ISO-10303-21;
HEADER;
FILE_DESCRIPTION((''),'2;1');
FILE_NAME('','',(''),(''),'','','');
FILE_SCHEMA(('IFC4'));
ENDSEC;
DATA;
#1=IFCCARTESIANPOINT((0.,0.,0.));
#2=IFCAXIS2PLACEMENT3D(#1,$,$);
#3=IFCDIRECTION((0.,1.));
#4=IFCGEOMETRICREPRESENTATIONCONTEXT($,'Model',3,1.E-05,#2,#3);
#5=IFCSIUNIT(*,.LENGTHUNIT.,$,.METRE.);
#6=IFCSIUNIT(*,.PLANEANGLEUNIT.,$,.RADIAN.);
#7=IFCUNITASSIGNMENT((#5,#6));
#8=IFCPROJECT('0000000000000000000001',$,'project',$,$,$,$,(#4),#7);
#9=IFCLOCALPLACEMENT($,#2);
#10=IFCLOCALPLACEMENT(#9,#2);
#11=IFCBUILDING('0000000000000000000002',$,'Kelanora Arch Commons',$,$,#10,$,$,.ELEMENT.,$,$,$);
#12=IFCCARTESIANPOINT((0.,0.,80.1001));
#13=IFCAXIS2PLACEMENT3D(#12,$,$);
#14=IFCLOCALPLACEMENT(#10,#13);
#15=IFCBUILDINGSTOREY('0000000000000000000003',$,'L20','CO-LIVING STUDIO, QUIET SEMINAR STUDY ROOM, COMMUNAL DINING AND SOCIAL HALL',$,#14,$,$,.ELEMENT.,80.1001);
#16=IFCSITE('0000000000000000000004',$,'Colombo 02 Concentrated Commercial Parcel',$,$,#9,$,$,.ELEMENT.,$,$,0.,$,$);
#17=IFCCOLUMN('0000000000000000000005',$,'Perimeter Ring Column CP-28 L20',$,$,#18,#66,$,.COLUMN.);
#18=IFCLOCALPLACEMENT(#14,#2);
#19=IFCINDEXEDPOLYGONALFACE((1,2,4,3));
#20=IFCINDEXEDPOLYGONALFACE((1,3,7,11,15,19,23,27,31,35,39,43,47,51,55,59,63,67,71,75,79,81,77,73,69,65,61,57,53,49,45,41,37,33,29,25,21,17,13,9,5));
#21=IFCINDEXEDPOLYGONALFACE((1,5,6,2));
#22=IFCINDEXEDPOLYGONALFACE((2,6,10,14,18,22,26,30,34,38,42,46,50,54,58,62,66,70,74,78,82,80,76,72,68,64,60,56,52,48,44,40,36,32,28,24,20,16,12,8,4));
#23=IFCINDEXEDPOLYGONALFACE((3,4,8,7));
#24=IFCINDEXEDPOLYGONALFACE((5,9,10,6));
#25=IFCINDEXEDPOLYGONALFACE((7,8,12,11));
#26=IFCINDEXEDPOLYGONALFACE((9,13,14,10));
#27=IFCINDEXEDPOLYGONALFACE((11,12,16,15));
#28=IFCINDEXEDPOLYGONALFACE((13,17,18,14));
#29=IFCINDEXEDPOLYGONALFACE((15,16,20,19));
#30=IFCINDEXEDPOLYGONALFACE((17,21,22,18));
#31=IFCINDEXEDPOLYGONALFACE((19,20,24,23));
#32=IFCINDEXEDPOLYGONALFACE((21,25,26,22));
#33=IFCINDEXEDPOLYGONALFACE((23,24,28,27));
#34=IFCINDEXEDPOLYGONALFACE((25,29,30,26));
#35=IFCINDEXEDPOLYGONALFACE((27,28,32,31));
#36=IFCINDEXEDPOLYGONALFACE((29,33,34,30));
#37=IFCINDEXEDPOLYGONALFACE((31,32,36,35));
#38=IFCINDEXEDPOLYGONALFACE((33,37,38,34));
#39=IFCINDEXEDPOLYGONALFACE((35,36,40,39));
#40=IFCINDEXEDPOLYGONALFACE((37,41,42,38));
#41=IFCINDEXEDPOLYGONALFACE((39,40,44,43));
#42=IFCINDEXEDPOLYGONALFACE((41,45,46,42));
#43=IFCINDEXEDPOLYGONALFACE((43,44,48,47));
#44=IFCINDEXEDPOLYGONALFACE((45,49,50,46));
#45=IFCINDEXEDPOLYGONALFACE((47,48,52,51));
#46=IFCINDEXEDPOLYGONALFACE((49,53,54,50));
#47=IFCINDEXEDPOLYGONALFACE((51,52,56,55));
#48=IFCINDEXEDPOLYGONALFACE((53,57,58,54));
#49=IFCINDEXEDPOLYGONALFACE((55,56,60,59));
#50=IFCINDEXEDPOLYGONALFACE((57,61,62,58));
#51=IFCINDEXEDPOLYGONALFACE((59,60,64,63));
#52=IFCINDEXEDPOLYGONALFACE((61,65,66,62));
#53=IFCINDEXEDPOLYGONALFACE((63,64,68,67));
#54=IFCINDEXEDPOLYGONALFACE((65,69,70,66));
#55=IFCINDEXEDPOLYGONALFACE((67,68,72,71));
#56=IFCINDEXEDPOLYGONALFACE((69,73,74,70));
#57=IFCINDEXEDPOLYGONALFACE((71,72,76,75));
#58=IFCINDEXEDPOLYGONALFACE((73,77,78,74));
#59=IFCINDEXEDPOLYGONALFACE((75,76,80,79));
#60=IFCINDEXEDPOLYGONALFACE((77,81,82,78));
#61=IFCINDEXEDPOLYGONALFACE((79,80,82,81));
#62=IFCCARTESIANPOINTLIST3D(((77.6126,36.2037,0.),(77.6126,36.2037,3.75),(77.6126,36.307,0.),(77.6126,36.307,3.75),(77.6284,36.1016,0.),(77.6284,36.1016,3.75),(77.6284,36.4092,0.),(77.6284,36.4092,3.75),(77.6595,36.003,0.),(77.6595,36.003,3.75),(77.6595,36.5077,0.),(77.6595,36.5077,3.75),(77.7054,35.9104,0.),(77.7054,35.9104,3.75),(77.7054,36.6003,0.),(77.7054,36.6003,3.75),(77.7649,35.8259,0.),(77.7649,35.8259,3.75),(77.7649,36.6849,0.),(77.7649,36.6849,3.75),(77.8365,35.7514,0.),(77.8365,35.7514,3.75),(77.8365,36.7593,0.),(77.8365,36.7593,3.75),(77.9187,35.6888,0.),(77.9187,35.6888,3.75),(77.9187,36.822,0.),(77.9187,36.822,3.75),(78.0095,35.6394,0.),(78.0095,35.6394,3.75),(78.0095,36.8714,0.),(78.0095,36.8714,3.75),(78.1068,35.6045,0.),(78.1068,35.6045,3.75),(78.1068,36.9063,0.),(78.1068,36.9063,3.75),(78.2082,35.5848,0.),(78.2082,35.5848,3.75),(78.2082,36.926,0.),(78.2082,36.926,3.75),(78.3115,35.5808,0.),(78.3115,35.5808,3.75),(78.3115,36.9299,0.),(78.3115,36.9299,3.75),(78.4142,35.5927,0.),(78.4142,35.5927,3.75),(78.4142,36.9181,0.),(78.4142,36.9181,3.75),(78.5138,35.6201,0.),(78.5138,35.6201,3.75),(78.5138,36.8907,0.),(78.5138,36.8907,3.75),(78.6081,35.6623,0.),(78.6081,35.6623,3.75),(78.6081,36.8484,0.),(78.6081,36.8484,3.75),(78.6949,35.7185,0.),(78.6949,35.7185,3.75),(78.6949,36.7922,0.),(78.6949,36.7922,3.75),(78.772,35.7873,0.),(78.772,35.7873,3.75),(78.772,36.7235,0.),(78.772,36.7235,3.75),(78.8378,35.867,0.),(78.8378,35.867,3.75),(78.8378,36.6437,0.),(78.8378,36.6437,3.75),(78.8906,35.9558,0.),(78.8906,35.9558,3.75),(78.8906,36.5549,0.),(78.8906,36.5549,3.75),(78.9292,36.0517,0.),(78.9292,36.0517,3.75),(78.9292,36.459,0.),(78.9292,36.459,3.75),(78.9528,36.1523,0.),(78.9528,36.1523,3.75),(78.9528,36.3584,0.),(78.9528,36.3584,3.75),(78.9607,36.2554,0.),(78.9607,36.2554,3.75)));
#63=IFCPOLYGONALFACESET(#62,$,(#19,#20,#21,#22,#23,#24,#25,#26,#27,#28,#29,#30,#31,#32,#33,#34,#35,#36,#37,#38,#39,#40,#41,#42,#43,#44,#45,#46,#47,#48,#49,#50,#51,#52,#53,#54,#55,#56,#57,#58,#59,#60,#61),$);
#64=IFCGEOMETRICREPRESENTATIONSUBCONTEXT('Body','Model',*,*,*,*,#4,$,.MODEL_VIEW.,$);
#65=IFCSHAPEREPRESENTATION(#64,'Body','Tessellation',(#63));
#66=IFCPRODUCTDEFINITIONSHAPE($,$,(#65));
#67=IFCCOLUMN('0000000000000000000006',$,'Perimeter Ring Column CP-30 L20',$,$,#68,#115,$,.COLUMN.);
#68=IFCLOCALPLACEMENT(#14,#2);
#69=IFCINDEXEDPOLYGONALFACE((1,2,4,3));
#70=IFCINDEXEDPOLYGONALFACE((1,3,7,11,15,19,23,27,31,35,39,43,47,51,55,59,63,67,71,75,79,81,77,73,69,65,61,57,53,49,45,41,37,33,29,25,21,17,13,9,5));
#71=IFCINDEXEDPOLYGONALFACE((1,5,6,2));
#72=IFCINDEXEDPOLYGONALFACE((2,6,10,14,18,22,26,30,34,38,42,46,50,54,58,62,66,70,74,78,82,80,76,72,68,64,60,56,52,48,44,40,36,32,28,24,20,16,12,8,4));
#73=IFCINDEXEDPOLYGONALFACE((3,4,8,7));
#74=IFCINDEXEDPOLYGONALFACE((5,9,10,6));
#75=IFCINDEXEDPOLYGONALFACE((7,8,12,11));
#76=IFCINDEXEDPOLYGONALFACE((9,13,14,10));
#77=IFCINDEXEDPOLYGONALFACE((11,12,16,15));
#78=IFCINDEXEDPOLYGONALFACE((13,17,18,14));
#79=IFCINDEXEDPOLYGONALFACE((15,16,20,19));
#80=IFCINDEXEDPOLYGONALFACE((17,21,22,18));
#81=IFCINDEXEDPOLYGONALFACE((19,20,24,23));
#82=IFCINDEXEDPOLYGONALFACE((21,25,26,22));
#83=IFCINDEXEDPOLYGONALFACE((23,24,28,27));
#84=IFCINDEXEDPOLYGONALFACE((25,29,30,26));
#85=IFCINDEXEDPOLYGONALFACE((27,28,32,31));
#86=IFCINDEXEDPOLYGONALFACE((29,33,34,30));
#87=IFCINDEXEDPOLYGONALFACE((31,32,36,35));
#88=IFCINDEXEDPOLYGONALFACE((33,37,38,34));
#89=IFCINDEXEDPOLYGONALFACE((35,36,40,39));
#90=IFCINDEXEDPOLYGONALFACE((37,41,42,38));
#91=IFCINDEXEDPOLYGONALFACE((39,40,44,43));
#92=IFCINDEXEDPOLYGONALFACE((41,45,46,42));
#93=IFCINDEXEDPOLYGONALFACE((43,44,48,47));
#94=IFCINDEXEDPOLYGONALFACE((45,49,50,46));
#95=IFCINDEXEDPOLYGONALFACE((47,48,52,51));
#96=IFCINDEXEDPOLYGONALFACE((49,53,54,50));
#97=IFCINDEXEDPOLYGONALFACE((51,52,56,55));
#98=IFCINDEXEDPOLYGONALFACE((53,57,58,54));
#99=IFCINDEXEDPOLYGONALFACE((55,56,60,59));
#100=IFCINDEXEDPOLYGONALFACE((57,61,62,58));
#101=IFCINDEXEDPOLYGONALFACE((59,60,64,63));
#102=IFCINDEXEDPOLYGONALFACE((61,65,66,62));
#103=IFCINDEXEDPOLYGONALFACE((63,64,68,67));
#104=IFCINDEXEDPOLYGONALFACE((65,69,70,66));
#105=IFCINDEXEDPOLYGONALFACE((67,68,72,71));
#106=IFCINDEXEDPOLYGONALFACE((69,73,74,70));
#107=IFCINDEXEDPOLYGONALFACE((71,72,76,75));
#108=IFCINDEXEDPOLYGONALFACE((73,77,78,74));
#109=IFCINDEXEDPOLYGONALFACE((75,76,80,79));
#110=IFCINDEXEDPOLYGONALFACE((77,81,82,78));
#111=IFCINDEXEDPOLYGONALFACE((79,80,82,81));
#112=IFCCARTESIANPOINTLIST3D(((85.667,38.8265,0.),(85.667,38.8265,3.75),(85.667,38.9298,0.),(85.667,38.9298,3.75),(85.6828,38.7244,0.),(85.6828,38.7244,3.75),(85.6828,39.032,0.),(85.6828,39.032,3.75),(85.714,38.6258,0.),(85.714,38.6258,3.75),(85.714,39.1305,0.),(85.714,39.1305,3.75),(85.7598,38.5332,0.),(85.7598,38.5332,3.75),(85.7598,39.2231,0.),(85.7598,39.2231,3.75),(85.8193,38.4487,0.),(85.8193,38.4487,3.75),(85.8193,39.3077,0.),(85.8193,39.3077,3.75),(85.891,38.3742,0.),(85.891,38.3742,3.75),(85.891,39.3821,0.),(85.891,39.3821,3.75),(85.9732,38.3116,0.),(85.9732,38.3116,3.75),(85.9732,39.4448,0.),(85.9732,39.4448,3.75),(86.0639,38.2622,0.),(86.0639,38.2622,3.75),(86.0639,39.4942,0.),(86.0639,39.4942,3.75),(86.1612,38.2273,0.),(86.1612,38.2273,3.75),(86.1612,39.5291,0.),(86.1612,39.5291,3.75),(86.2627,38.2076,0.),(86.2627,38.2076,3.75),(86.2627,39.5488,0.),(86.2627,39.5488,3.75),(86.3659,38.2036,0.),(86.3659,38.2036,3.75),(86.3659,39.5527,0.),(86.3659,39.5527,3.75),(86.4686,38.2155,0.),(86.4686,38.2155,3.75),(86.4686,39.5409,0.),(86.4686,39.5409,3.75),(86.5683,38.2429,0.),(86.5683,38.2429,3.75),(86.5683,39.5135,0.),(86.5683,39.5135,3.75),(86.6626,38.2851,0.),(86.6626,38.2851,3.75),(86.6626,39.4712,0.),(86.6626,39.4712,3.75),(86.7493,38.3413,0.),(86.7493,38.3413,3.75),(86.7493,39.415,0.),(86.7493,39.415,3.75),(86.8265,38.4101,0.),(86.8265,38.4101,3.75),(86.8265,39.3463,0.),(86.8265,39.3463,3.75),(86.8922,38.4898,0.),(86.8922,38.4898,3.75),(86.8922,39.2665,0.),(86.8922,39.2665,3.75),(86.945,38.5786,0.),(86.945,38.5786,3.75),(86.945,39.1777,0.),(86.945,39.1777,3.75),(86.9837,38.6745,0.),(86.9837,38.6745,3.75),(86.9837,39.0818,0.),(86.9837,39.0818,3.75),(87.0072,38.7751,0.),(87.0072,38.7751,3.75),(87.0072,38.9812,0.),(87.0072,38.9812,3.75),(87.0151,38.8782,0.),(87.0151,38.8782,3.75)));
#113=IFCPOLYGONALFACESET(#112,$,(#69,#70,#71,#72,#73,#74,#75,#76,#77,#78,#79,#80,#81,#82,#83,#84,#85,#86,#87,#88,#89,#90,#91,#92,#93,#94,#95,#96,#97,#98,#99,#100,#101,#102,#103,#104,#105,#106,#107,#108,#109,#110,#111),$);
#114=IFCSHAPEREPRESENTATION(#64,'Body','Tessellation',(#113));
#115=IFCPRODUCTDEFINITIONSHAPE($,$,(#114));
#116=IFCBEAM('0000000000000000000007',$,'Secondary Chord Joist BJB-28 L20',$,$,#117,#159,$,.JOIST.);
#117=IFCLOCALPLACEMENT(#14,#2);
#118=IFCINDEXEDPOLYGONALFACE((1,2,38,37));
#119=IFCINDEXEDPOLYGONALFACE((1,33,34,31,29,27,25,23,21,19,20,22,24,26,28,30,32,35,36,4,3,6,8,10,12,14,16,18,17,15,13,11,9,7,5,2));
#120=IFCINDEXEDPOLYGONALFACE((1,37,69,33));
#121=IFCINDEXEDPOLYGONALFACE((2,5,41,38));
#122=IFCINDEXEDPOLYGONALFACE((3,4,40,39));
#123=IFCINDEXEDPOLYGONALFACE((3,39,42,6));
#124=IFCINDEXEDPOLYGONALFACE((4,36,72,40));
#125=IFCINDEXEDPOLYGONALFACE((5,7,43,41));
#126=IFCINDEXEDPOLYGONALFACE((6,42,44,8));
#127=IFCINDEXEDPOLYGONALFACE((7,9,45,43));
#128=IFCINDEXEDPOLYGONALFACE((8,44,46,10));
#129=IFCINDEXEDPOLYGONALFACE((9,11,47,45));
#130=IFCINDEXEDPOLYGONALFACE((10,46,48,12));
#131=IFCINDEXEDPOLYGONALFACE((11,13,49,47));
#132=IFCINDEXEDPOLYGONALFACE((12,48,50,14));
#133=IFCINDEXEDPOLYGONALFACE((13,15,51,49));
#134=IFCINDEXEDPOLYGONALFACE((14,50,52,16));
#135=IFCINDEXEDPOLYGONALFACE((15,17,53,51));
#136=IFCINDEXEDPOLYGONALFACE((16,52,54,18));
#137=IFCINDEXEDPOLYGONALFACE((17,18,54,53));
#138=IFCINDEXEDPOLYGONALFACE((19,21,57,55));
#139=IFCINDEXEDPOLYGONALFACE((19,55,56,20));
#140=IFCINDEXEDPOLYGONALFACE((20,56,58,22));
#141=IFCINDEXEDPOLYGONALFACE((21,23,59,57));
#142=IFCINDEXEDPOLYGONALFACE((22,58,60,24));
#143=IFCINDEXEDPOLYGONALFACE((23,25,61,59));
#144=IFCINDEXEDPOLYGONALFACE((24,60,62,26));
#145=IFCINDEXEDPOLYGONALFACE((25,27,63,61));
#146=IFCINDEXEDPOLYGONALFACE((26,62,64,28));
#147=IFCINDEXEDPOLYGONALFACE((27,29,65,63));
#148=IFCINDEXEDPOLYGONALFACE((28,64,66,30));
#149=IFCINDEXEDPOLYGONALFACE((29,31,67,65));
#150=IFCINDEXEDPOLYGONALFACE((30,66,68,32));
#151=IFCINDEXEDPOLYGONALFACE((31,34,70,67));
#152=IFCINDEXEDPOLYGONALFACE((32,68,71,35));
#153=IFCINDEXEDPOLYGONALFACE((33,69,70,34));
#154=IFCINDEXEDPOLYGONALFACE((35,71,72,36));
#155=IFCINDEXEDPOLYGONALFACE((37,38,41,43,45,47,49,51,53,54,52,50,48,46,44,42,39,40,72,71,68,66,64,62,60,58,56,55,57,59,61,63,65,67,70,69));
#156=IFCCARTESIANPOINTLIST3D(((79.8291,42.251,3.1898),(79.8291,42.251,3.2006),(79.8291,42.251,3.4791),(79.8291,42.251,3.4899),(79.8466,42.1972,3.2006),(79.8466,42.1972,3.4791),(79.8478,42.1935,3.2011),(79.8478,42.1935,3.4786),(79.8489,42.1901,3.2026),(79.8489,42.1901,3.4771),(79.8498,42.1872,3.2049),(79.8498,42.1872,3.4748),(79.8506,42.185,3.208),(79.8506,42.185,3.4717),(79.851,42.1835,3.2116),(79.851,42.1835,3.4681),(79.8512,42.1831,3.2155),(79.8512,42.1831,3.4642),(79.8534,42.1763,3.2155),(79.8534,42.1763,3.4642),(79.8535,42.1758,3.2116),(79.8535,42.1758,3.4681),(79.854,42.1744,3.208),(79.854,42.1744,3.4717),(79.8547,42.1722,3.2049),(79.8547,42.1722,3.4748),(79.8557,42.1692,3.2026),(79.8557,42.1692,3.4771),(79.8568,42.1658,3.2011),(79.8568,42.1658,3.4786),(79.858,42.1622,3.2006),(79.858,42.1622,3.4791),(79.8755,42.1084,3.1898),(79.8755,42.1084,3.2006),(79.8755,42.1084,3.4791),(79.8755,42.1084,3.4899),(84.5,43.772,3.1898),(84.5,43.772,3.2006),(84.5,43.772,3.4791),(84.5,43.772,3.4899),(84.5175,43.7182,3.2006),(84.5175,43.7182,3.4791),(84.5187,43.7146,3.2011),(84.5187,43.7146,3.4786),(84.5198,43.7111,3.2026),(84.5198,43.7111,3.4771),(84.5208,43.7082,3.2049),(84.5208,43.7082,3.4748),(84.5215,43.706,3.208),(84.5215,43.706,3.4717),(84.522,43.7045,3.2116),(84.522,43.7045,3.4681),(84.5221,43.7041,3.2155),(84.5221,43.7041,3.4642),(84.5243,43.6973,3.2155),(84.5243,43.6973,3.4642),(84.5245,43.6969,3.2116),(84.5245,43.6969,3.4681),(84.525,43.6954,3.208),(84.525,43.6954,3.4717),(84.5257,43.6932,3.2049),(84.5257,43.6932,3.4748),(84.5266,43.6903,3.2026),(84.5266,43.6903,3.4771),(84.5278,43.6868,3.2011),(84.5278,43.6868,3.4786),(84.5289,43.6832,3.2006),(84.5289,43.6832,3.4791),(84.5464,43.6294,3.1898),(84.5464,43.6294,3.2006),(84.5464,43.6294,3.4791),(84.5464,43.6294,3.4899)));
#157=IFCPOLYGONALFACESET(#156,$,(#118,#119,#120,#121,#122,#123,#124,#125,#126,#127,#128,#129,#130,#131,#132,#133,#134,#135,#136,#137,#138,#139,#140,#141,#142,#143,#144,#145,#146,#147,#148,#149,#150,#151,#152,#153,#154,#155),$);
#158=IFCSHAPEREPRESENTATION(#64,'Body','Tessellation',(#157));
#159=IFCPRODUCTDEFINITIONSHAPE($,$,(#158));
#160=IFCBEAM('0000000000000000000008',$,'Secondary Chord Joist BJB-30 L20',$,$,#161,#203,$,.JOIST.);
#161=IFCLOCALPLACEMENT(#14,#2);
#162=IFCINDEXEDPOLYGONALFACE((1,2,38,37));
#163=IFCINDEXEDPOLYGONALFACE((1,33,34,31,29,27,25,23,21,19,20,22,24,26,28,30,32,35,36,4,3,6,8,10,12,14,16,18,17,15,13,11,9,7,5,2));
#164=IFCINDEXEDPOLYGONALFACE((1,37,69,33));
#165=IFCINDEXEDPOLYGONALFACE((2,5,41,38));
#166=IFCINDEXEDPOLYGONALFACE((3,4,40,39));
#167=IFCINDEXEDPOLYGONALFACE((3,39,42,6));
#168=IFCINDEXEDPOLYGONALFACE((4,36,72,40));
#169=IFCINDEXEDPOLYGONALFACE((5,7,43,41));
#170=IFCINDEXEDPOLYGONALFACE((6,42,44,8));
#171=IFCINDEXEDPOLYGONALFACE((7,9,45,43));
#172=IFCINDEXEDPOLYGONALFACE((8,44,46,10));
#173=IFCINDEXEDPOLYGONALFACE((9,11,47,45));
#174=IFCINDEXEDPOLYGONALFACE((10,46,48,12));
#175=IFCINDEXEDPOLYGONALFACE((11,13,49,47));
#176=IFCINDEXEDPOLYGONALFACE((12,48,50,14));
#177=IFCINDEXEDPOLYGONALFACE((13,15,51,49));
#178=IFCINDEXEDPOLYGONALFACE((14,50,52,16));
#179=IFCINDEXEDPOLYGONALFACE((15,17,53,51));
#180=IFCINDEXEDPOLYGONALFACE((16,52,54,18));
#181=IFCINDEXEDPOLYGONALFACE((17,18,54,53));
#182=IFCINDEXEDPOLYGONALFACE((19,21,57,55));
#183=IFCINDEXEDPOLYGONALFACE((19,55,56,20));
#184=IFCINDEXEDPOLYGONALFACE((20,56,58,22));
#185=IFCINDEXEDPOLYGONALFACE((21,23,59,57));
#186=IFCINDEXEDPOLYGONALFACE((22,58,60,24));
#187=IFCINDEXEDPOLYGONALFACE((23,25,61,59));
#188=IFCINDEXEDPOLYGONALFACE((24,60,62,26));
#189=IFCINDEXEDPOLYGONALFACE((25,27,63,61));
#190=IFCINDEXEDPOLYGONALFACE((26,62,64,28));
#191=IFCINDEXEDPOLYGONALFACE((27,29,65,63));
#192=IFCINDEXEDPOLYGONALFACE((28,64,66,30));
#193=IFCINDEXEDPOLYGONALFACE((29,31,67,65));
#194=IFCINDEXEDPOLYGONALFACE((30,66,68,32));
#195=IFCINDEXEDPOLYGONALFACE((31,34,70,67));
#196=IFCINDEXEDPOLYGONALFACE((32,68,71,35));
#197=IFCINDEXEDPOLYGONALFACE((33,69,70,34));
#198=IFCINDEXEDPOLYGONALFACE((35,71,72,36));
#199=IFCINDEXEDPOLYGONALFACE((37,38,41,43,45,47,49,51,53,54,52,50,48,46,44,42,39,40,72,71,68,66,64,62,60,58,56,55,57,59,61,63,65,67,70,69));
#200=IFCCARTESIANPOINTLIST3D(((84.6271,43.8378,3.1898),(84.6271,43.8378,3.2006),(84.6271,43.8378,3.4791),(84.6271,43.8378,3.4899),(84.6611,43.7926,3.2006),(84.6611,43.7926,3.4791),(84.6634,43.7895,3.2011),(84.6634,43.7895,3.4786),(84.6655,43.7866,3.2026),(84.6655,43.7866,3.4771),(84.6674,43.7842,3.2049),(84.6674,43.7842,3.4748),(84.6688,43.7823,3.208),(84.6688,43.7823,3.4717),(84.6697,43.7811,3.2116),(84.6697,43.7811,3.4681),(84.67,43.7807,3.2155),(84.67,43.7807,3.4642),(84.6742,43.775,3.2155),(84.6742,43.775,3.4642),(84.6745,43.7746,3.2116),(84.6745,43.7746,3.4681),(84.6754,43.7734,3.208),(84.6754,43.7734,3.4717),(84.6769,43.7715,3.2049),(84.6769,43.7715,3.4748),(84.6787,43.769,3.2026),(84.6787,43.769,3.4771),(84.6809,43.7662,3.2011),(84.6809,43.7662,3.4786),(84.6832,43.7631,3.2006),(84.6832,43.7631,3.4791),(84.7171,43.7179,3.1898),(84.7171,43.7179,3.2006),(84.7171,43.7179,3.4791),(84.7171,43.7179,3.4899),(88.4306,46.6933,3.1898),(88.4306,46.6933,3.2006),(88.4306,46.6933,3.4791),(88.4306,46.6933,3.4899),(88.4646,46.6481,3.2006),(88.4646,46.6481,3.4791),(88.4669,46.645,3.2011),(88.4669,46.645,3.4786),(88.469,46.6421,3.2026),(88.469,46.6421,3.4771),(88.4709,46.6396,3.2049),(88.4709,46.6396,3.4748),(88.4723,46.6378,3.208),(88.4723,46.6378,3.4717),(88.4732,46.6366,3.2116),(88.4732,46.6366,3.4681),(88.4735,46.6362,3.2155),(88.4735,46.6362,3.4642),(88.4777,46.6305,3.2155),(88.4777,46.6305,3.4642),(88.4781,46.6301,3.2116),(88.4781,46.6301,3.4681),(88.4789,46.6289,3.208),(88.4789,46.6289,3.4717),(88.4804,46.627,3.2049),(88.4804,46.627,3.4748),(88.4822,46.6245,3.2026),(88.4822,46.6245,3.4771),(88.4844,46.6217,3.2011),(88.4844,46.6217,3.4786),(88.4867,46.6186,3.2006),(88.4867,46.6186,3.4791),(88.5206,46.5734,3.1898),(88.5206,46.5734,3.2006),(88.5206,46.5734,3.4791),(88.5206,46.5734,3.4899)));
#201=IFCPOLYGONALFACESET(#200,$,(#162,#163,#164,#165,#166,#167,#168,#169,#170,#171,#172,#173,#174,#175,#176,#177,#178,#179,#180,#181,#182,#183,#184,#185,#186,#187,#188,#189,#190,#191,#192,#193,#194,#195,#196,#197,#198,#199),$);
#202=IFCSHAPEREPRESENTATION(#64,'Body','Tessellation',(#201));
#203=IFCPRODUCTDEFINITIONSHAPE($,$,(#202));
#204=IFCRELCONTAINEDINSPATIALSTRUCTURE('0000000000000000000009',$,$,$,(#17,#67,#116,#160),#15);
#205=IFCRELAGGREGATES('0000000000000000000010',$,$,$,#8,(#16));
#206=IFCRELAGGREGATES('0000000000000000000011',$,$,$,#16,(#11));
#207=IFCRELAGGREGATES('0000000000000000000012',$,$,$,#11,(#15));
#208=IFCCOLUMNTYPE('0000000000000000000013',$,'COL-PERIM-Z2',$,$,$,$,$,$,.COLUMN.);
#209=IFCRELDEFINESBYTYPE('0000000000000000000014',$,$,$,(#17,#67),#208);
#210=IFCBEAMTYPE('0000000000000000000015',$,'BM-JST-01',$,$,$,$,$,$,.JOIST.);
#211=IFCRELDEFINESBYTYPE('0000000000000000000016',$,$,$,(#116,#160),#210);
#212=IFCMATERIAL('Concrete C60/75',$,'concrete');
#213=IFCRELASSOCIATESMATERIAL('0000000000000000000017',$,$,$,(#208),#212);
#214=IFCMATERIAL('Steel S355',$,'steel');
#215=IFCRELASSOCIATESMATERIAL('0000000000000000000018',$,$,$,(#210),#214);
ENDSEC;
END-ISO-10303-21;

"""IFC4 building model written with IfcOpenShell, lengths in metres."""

from ifc_helpers import new_model, si_unit, direction, frame, origin, origin_2d, place, context, subcontext, project, spatial, circle, i_section, extrude, material, material_profile, profile_set, type_object, element, save


model = new_model("IFC4")

# Units and contexts
model_context = context("Model", 3, precision=1e-05, world=origin(), true_north=direction((0.0, 1.0)))
body_context = subcontext(model_context, "Body", "Model", "MODEL_VIEW")
ifc_project = project(units=[si_unit("LENGTHUNIT", "METRE"), si_unit("PLANEANGLEUNIT", "RADIAN")], contexts=[model_context])

# Site, building, storey
site_placement = place(None, origin())
site = spatial("IfcSite", under=ifc_project, at=site_placement, Name="Colombo 02 Concentrated Commercial Parcel", CompositionType="ELEMENT", RefElevation=0.0)
building_placement = place(site_placement, origin())
building = spatial("IfcBuilding", under=site, at=building_placement, Name="Kelanora Arch Commons", CompositionType="ELEMENT")
storey_placement = place(building_placement, frame((0.0, 0.0, 80.1001)))
storey = spatial("IfcBuildingStorey", under=building, at=storey_placement, Name="L20", Description="CO-LIVING STUDIO, QUIET SEMINAR STUDY ROOM, COMMUNAL DINING AND SOCIAL HALL", CompositionType="ELEMENT", Elevation=80.1001)

# Columns
ifc_material_1 = material(Name="Concrete C60/75", Category="concrete")
ifc_material_profile_1 = material_profile(ifc_material_1, circle(Radius=0.675, at=origin_2d()), Name="RCC1350")
ifc_profile_set_1 = profile_set([ifc_material_profile_1], Name="Concrete C60/75")
column_type = type_object("IfcColumnType", Name="COL-PERIM-Z2", PredefinedType="COLUMN", material=ifc_profile_set_1)
for number, where, z_axis, x_axis, name in (
    (1, (78.2856, 36.2554, 0.0), (0.0, 0.0, 1.0), (1.0, 0.0, 0.0), "Perimeter Ring Column CP-28 L20"),
    (2, (86.3401, 38.8782, 0.0), (0.0, 0.0, 1.0), (1.0, 0.0, 0.0), "Perimeter Ring Column CP-30 L20"),
):
    element("IfcColumn", number, at=place(storey_placement, frame(where, z_axis=z_axis, x_axis=x_axis)), inside=storey, type_object=column_type, Name=name, PredefinedType="COLUMN", context=body_context, shape_type="SweptSolid", body=[
        extrude(circle(Radius=0.675, at=origin_2d()), origin(), (0.0, 0.0, 1.0), 3.75),
    ])

# Beams
ifc_material_2 = material(Name="Steel S355", Category="steel")
ifc_material_profile_2 = material_profile(ifc_material_2, i_section(OverallWidth=0.1499, OverallDepth=0.3, WebThickness=0.0071, FlangeThickness=0.0107, FilletRadius=0.0149, at=origin_2d()), Name="IPE300")
ifc_profile_set_2 = profile_set([ifc_material_profile_2], Name="Steel S355")
beam_type_1 = type_object("IfcBeamType", Name="BM-JST-01", PredefinedType="JOIST", material=ifc_profile_set_2)
beam_1_placement = place(storey_placement, frame((79.8523, 42.1797, 3.3398), z_axis=(0.950857, 0.30963, 0.0), x_axis=(-0.30963, 0.950857, 0.0)))
element("IfcBeam", 3, at=beam_1_placement, inside=storey, type_object=beam_type_1, Name="Secondary Chord Joist BJB-28 L20", PredefinedType="JOIST", context=body_context, shape_type="SweptSolid", body=[
    extrude(i_section(OverallWidth=0.1499, OverallDepth=0.3, WebThickness=0.0071, FlangeThickness=0.0107, FilletRadius=0.0149, at=origin_2d()), origin(), (0.0, 0.0, 1.0), 4.9124),
])
beam_2_placement = place(storey_placement, frame((84.6721, 43.7778, 3.3398), z_axis=(0.79971, 0.600386, 0.0), x_axis=(-0.600386, 0.79971, 0.0)))
element("IfcBeam", 4, at=beam_2_placement, inside=storey, type_object=beam_type_1, Name="Secondary Chord Joist BJB-30 L20", PredefinedType="JOIST", context=body_context, shape_type="SweptSolid", body=[
    extrude(i_section(OverallWidth=0.1499, OverallDepth=0.3, WebThickness=0.0071, FlangeThickness=0.0107, FilletRadius=0.0149, at=origin_2d()), origin(), (0.0, 0.0, 1.0), 4.7561),
])

save(model, "model.ifc")
